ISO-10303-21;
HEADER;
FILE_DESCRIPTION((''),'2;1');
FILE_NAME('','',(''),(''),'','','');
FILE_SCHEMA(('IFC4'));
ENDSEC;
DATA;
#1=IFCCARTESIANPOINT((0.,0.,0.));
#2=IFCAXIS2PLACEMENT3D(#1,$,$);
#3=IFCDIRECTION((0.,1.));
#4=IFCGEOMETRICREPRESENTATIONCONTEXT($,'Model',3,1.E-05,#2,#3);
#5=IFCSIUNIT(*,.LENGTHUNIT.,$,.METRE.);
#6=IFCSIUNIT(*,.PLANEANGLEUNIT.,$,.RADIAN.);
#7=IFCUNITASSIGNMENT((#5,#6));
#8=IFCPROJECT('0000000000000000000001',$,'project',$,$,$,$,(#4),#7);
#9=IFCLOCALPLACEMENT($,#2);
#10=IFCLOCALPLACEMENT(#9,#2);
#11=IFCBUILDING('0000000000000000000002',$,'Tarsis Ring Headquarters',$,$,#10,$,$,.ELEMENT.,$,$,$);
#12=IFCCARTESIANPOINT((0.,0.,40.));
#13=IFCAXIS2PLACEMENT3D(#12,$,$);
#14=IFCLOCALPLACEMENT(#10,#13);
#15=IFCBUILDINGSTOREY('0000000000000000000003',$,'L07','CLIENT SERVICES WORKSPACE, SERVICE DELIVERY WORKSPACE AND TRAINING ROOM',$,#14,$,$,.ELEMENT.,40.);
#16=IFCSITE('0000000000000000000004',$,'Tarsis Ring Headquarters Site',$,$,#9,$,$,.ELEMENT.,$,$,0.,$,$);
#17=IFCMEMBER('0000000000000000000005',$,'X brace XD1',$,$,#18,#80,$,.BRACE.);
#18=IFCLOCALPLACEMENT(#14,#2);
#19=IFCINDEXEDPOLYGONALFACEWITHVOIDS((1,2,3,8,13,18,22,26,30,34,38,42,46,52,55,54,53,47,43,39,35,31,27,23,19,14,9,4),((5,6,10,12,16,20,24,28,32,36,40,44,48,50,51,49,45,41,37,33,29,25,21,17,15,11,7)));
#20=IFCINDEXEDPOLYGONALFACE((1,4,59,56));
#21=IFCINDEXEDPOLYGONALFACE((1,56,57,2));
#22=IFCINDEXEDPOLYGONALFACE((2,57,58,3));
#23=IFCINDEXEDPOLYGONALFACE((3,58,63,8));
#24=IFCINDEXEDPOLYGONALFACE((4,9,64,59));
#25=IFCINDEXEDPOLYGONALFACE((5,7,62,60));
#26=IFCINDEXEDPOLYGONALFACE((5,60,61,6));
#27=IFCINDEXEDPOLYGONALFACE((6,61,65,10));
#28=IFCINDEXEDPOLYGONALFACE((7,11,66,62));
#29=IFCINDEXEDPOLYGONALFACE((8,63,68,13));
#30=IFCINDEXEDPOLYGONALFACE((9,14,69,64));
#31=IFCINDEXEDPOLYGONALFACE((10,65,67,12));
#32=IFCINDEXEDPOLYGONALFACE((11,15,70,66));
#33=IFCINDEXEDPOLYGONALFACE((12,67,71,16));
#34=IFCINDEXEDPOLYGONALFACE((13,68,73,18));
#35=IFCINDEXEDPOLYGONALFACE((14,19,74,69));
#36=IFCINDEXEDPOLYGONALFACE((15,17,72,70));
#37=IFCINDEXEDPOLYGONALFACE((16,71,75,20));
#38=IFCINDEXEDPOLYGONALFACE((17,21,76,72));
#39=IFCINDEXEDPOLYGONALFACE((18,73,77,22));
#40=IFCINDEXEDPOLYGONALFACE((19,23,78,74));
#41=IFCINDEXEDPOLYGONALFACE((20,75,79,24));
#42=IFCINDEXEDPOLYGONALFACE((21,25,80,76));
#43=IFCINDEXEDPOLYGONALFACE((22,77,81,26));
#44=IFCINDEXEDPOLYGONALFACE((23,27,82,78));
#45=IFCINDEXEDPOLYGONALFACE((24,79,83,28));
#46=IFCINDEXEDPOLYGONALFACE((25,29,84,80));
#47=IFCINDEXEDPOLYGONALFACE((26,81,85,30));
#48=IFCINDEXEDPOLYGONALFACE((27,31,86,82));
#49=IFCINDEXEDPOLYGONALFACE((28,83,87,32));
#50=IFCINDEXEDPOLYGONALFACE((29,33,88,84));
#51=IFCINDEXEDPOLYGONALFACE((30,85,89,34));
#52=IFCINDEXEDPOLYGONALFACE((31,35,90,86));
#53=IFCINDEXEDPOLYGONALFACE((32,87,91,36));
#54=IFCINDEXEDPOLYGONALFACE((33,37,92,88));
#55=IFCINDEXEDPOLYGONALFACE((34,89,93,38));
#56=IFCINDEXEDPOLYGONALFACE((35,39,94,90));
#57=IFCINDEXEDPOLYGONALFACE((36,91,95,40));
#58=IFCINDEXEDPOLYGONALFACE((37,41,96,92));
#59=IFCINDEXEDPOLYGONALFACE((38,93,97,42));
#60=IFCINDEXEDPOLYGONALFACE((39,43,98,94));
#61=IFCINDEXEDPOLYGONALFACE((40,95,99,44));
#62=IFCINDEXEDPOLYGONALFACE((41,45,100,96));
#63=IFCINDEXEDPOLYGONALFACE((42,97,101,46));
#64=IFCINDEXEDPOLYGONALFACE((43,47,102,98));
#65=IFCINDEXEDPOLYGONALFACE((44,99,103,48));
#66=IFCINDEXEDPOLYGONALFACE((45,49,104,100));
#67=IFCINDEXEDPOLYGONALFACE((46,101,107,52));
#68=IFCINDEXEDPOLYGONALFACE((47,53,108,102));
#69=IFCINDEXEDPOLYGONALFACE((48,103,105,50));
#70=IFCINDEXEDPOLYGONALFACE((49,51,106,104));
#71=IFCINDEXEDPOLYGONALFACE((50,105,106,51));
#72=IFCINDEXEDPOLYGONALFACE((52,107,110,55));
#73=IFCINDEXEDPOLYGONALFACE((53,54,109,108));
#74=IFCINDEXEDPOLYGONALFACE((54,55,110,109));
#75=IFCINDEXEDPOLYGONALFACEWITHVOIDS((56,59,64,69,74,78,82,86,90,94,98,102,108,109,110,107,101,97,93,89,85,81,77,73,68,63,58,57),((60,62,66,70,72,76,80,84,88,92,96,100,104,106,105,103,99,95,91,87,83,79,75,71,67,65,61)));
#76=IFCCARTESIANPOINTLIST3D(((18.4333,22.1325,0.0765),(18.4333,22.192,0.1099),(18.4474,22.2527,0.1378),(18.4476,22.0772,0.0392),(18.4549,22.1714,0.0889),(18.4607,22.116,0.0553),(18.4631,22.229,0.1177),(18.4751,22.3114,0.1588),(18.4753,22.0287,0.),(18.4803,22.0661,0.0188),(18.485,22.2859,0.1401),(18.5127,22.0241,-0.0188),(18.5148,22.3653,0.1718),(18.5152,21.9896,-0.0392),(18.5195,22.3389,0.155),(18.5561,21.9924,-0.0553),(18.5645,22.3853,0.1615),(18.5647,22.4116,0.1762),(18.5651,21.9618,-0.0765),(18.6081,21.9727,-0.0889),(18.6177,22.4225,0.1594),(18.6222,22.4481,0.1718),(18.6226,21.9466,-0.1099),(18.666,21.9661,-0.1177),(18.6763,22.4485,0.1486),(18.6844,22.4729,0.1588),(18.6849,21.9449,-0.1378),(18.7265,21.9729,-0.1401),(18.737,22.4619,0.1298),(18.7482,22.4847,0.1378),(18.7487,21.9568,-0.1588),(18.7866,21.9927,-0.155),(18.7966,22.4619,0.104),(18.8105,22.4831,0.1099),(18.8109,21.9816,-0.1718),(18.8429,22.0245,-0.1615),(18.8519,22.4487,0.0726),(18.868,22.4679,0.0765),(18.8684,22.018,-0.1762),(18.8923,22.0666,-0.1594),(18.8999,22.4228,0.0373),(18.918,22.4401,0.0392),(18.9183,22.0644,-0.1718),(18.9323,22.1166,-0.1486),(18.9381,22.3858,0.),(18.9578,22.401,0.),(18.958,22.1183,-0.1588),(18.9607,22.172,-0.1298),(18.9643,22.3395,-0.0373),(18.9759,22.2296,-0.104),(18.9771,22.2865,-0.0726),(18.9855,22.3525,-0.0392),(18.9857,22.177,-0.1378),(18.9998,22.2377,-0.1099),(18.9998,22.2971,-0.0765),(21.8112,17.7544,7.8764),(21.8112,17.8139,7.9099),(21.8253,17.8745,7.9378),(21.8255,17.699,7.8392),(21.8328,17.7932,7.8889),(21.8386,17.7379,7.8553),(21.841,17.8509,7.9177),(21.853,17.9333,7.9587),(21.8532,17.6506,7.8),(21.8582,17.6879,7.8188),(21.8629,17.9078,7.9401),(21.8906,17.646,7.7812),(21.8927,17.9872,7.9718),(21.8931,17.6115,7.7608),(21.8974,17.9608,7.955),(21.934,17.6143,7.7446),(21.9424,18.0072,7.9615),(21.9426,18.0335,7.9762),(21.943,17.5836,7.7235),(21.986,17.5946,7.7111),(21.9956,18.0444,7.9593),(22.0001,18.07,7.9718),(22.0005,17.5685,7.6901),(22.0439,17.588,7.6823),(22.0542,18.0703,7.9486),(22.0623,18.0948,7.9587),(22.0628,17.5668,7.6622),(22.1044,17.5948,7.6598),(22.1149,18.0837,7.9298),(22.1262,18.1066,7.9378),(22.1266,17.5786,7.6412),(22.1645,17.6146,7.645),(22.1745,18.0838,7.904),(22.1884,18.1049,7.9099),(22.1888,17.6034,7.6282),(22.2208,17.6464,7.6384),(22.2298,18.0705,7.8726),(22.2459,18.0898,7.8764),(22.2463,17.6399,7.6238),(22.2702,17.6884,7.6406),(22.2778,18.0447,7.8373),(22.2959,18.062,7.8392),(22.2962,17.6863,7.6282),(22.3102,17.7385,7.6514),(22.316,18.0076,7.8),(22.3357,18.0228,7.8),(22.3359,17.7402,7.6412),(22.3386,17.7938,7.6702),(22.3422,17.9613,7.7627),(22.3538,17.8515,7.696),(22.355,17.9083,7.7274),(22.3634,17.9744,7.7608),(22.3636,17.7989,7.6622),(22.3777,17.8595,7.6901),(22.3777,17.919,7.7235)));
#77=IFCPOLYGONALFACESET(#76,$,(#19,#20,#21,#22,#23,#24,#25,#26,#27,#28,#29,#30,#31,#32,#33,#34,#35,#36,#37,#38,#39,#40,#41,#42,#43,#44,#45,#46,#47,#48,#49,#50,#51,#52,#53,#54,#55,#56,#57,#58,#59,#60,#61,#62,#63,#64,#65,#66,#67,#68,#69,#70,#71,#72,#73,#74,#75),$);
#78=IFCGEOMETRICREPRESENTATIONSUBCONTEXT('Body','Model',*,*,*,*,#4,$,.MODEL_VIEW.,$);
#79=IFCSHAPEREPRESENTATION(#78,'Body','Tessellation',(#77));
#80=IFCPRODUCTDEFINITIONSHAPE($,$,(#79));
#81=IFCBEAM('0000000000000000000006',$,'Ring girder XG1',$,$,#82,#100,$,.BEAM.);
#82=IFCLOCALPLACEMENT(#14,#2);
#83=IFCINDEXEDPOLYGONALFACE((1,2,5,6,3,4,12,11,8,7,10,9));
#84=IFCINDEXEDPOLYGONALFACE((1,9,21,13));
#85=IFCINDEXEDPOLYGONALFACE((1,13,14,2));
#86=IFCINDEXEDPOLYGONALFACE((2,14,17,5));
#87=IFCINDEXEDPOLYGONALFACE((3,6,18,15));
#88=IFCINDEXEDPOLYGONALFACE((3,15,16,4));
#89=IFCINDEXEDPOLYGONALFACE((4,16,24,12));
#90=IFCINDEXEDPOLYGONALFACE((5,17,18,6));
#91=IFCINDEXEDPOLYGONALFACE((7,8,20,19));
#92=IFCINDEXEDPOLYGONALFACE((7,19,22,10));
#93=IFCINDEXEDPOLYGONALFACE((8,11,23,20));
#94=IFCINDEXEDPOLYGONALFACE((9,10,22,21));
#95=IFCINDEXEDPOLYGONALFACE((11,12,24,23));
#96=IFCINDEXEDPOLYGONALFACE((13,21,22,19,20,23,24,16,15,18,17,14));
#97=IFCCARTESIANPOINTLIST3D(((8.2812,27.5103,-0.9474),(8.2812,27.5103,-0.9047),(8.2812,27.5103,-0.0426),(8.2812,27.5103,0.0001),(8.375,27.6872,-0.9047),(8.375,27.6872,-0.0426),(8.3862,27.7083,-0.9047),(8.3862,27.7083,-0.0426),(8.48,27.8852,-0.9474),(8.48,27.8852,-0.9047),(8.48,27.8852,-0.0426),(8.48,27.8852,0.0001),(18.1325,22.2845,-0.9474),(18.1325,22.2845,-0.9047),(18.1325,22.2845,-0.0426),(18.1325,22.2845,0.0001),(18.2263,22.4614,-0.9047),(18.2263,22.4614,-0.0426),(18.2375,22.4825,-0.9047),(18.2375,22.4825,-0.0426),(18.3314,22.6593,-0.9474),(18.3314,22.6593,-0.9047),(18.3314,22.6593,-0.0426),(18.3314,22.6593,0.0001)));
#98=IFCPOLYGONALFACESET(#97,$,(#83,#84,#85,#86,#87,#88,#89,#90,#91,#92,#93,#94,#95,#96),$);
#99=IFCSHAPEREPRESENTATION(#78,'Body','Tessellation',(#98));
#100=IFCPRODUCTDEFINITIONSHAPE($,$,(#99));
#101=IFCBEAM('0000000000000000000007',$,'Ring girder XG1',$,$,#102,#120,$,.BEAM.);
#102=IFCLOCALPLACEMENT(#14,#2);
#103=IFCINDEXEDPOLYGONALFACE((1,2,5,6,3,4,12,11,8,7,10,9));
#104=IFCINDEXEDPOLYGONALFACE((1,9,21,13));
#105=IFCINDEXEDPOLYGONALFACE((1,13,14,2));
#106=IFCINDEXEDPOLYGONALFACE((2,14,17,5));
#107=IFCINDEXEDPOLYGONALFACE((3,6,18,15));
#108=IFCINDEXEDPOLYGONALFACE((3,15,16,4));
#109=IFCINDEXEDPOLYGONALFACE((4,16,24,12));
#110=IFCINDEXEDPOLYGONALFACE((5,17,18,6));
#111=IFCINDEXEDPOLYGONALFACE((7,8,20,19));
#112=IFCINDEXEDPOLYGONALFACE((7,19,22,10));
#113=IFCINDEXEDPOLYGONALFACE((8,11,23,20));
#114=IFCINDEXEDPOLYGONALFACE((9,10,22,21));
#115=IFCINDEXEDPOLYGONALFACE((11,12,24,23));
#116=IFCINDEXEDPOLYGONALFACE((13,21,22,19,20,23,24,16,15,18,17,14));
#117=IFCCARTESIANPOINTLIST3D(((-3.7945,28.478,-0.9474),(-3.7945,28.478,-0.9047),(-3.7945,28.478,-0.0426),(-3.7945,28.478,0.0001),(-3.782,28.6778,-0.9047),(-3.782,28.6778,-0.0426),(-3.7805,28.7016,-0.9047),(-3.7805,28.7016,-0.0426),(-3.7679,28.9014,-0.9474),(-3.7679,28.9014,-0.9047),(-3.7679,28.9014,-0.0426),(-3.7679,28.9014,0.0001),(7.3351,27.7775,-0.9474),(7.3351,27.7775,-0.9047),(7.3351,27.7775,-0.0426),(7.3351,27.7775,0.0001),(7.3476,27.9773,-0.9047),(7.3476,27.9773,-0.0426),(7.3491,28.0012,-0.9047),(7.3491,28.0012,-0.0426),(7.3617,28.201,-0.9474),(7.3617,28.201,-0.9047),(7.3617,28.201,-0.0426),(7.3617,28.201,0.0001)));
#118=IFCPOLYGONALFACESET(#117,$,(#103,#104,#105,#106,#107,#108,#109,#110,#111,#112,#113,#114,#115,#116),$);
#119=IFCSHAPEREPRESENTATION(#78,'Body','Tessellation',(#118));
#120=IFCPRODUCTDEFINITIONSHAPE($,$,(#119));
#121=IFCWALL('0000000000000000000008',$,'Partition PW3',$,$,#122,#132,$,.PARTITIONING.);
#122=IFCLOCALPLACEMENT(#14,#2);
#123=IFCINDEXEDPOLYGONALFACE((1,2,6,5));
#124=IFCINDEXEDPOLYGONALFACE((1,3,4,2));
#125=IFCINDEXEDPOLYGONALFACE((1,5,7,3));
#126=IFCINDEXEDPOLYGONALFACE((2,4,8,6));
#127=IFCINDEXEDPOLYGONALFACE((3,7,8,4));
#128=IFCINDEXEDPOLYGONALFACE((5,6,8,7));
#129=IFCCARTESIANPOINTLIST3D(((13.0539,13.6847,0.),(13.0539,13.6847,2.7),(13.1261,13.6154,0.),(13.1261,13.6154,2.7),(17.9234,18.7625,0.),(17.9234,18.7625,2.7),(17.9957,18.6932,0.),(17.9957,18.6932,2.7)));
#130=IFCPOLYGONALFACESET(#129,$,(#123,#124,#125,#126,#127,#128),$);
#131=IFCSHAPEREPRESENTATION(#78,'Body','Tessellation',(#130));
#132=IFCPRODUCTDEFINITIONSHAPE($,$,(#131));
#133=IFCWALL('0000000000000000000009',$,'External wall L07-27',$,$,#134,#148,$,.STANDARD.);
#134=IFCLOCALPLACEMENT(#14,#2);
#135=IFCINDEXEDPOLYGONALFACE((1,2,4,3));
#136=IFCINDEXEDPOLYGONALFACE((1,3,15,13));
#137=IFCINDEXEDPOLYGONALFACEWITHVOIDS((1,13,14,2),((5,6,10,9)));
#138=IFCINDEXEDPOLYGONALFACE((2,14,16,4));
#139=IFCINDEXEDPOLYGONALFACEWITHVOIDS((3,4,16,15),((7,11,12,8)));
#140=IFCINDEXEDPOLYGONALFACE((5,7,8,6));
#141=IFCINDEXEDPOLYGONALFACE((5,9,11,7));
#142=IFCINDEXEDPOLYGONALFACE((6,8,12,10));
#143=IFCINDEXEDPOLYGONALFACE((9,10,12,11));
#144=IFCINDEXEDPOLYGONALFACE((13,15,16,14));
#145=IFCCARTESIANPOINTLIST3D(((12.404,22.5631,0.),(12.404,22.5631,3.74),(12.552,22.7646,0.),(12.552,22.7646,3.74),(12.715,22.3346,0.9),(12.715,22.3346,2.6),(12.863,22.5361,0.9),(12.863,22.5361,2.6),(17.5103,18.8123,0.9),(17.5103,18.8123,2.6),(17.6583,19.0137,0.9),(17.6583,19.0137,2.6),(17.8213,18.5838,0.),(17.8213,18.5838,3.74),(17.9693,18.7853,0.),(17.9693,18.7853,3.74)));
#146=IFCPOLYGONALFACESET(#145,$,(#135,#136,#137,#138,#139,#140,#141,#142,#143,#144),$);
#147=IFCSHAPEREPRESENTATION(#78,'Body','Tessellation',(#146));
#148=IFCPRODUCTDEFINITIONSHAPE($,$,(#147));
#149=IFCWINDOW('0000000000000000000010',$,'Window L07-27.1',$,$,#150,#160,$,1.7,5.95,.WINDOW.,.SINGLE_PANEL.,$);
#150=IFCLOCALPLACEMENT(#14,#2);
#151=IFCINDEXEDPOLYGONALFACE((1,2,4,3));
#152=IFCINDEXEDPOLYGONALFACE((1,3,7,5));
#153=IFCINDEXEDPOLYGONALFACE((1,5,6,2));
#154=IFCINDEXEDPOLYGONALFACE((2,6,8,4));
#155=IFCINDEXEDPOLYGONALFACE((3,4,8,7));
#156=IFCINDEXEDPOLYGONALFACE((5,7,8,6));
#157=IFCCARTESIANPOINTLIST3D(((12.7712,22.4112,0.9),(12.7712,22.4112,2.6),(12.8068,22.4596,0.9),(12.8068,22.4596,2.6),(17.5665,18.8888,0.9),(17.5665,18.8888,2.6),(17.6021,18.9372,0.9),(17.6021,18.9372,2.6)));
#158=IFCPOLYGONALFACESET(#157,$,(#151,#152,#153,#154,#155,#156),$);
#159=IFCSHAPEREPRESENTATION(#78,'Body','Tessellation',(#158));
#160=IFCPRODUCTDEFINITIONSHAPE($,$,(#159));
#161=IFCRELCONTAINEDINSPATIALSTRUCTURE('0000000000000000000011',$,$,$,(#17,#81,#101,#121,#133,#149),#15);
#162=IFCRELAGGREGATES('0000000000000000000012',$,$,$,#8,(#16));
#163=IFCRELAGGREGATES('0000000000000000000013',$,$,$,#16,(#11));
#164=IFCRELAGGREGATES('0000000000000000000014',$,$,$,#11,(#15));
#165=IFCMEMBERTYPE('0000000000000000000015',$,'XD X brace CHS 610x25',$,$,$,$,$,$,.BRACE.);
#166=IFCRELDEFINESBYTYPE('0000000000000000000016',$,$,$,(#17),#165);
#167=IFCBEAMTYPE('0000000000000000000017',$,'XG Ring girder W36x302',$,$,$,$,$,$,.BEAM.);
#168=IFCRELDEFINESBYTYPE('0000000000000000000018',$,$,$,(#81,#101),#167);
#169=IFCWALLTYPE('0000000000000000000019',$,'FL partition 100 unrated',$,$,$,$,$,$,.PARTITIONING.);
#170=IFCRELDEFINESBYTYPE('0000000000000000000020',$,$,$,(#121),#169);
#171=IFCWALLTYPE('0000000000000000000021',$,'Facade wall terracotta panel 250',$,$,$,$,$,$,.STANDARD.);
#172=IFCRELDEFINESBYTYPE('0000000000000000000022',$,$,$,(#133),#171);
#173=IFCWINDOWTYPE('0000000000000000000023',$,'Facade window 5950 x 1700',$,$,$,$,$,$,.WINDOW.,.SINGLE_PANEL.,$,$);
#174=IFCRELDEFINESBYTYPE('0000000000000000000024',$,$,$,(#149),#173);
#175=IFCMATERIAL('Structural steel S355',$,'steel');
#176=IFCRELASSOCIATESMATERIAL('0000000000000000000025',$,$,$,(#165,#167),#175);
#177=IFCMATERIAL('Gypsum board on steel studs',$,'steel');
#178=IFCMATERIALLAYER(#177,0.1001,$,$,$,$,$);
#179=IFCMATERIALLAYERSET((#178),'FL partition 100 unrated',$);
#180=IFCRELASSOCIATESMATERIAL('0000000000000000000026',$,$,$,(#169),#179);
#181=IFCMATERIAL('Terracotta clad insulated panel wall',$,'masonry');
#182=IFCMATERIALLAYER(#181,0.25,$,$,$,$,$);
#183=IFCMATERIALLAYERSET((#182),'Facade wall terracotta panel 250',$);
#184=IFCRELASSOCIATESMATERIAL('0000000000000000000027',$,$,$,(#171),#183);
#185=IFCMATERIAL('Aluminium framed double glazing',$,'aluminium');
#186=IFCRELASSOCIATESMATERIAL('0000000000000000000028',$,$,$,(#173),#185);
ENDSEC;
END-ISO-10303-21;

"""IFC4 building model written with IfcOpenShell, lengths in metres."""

from ifc_helpers import new_model, si_unit, direction, frame, frame_2d, origin, origin_2d, place, context, subcontext, project, spatial, rectangle, hollow_circle, i_section, extrude, material, layer, layer_set, material_profile, profile_set, type_object, element, fill, save


model = new_model("IFC4")

# Units and contexts
model_context = context("Model", 3, precision=1e-05, world=origin(), true_north=direction((0.0, 1.0)))
body_context = subcontext(model_context, "Body", "Model", "MODEL_VIEW")
ifc_project = project(units=[si_unit("LENGTHUNIT", "METRE"), si_unit("PLANEANGLEUNIT", "RADIAN")], contexts=[model_context])

# Site, building, storey
site_placement = place(None, origin())
site = spatial("IfcSite", under=ifc_project, at=site_placement, Name="Tarsis Ring Headquarters Site", CompositionType="ELEMENT", RefElevation=0.0)
building_placement = place(site_placement, origin())
building = spatial("IfcBuilding", under=site, at=building_placement, Name="Tarsis Ring Headquarters", CompositionType="ELEMENT")
storey_placement = place(building_placement, frame((0.0, 0.0, 40.0)))
storey = spatial("IfcBuildingStorey", under=building, at=storey_placement, Name="L07", Description="CLIENT SERVICES WORKSPACE, SERVICE DELIVERY WORKSPACE AND TRAINING ROOM", CompositionType="ELEMENT", Elevation=40.0)

# Shared definitions
ifc_material_1 = material(Name="Structural steel S355", Category="steel")

# Member
ifc_material_profile_1 = material_profile(ifc_material_1, hollow_circle(Radius=0.3047, WallThickness=0.0249, at=origin_2d()), Name="CHS 610x25")
ifc_profile_set_1 = profile_set([ifc_material_profile_1], Name="Structural steel S355")
member_type = type_object("IfcMemberType", Name="XD X brace CHS 610x25", PredefinedType="BRACE", material=ifc_profile_set_1)
member_placement = place(storey_placement, frame((18.7166, 22.2148, 0.0), z_axis=(0.35329, -0.457903, 0.815789), x_axis=(0.79174, 0.610858, 0.0)))
element("IfcMember", 1, at=member_placement, inside=storey, type_object=member_type, Name="X brace XD1", PredefinedType="BRACE", context=body_context, shape_type="SweptSolid", body=[
    extrude(hollow_circle(Radius=0.3047, WallThickness=0.0249, at=origin_2d()), origin(), (0.0, 0.0, 1.0), 9.5613),
])

# Beams
ifc_material_profile_2 = material_profile(ifc_material_1, i_section(OverallWidth=0.4243, OverallDepth=0.9475, WebThickness=0.0239, FlangeThickness=0.0427, at=origin_2d()), Name="W36x302")
ifc_profile_set_2 = profile_set([ifc_material_profile_2], Name="Structural steel S355")
beam_type_1 = type_object("IfcBeamType", Name="XG Ring girder W36x302", PredefinedType="BEAM", material=ifc_profile_set_2)
for number, where, z_axis, x_axis, name in (
    (2, (18.2319, 22.4719, -0.4736), (-0.883401, 0.468618, 0.0), (-0.468618, -0.883401, 0.0), "Ring girder XG1"),
    (3, (7.3484, 27.9893, -0.4736), (-0.998025, 0.06281, 0.0), (-0.06281, -0.998025, 0.0), "Ring girder XG1"),
):
    element("IfcBeam", number, at=place(storey_placement, frame(where, z_axis=z_axis, x_axis=x_axis)), inside=storey, type_object=beam_type_1, Name=name, PredefinedType="BEAM", context=body_context, shape_type="SweptSolid", body=[
        extrude(i_section(OverallWidth=0.4243, OverallDepth=0.9475, WebThickness=0.0239, FlangeThickness=0.0427, at=origin_2d()), origin(), (0.0, 0.0, 1.0), 11.1516),
    ])

# Wall
ifc_material_2 = material(Name="Gypsum board on steel studs", Category="steel")
ifc_layer_1 = layer(ifc_material_2, 0.1001)
ifc_layer_set_1 = layer_set([ifc_layer_1], Name="FL partition 100 unrated")
wall_type_1 = type_object("IfcWallType", Name="FL partition 100 unrated", PredefinedType="PARTITIONING", material=ifc_layer_set_1)
wall_1_placement = place(storey_placement, frame((13.0901, 13.6501, 0.0), z_axis=(0.0, 0.0, 1.0), x_axis=(0.692152, 0.721752, 0.0)))
element("IfcWall", 4, at=wall_1_placement, inside=storey, type_object=wall_type_1, Name="Partition PW3", PredefinedType="PARTITIONING", context=body_context, shape_type="SweptSolid", body=[
    extrude(rectangle(XDim=7.0354, YDim=0.1001, at=frame_2d((3.5176, 0.0))), origin(), (0.0, 0.0, 1.0), 2.7),
])

# Wall, opening, window
ifc_material_3 = material(Name="Terracotta clad insulated panel wall", Category="masonry")
ifc_layer_2 = layer(ifc_material_3, 0.25)
ifc_layer_set_2 = layer_set([ifc_layer_2], Name="Facade wall terracotta panel 250")
wall_type_2 = type_object("IfcWallType", Name="Facade wall terracotta panel 250", PredefinedType="STANDARD", material=ifc_layer_set_2)
wall_2_placement = place(storey_placement, frame((17.8953, 18.6846, 0.0), z_axis=(0.0, 0.0, 1.0), x_axis=(-0.805936, 0.592003, 0.0)))
wall_2 = element("IfcWall", 5, at=wall_2_placement, inside=storey, type_object=wall_type_2, Name="External wall L07-27", PredefinedType="STANDARD", context=body_context, shape_type="SweptSolid", body=[
    extrude(rectangle(XDim=6.7217, YDim=0.25, at=frame_2d((3.3608, 0.0))), origin(), (0.0, 0.0, 1.0), 3.74),
])
opening_1_placement = place(wall_2_placement, frame((0.3857, 0.0, 0.8999)))
opening_1 = element("IfcOpeningElement", 6, at=opening_1_placement, cuts=wall_2, PredefinedType="OPENING", context=body_context, shape_type="SweptSolid", body=[
    extrude(rectangle(XDim=5.95, YDim=1.7, at=frame_2d((2.9751, 0.8501))), frame((0.0, 0.135, 0.0), z_axis=(0.0, -1.0, 0.0), x_axis=(1.0, 0.0, 0.0)), (0.0, 0.0, 1.0), 0.27),
])
ifc_material_4 = material(Name="Aluminium framed double glazing", Category="aluminium")
window_type = type_object("IfcWindowType", Name="Facade window 5950 x 1700", PartitioningType="SINGLE_PANEL", PredefinedType="WINDOW", material=ifc_material_4)
window_1_placement = place(opening_1_placement, origin())
window_1 = element("IfcWindow", 7, at=window_1_placement, inside=storey, type_object=window_type, Name="Window L07-27.1", OverallHeight=1.7, OverallWidth=5.95, PartitioningType="SINGLE_PANEL", PredefinedType="WINDOW", context=body_context, shape_type="SweptSolid", body=[
    extrude(rectangle(XDim=5.95, YDim=1.7, at=frame_2d((2.9751, 0.8501))), frame((0.0, 0.03, 0.0), z_axis=(0.0, -1.0, 0.0), x_axis=(1.0, 0.0, 0.0)), (0.0, 0.0, 1.0), 0.0601),
])
fill(opening_1, window_1)

save(model, "model.ifc")
